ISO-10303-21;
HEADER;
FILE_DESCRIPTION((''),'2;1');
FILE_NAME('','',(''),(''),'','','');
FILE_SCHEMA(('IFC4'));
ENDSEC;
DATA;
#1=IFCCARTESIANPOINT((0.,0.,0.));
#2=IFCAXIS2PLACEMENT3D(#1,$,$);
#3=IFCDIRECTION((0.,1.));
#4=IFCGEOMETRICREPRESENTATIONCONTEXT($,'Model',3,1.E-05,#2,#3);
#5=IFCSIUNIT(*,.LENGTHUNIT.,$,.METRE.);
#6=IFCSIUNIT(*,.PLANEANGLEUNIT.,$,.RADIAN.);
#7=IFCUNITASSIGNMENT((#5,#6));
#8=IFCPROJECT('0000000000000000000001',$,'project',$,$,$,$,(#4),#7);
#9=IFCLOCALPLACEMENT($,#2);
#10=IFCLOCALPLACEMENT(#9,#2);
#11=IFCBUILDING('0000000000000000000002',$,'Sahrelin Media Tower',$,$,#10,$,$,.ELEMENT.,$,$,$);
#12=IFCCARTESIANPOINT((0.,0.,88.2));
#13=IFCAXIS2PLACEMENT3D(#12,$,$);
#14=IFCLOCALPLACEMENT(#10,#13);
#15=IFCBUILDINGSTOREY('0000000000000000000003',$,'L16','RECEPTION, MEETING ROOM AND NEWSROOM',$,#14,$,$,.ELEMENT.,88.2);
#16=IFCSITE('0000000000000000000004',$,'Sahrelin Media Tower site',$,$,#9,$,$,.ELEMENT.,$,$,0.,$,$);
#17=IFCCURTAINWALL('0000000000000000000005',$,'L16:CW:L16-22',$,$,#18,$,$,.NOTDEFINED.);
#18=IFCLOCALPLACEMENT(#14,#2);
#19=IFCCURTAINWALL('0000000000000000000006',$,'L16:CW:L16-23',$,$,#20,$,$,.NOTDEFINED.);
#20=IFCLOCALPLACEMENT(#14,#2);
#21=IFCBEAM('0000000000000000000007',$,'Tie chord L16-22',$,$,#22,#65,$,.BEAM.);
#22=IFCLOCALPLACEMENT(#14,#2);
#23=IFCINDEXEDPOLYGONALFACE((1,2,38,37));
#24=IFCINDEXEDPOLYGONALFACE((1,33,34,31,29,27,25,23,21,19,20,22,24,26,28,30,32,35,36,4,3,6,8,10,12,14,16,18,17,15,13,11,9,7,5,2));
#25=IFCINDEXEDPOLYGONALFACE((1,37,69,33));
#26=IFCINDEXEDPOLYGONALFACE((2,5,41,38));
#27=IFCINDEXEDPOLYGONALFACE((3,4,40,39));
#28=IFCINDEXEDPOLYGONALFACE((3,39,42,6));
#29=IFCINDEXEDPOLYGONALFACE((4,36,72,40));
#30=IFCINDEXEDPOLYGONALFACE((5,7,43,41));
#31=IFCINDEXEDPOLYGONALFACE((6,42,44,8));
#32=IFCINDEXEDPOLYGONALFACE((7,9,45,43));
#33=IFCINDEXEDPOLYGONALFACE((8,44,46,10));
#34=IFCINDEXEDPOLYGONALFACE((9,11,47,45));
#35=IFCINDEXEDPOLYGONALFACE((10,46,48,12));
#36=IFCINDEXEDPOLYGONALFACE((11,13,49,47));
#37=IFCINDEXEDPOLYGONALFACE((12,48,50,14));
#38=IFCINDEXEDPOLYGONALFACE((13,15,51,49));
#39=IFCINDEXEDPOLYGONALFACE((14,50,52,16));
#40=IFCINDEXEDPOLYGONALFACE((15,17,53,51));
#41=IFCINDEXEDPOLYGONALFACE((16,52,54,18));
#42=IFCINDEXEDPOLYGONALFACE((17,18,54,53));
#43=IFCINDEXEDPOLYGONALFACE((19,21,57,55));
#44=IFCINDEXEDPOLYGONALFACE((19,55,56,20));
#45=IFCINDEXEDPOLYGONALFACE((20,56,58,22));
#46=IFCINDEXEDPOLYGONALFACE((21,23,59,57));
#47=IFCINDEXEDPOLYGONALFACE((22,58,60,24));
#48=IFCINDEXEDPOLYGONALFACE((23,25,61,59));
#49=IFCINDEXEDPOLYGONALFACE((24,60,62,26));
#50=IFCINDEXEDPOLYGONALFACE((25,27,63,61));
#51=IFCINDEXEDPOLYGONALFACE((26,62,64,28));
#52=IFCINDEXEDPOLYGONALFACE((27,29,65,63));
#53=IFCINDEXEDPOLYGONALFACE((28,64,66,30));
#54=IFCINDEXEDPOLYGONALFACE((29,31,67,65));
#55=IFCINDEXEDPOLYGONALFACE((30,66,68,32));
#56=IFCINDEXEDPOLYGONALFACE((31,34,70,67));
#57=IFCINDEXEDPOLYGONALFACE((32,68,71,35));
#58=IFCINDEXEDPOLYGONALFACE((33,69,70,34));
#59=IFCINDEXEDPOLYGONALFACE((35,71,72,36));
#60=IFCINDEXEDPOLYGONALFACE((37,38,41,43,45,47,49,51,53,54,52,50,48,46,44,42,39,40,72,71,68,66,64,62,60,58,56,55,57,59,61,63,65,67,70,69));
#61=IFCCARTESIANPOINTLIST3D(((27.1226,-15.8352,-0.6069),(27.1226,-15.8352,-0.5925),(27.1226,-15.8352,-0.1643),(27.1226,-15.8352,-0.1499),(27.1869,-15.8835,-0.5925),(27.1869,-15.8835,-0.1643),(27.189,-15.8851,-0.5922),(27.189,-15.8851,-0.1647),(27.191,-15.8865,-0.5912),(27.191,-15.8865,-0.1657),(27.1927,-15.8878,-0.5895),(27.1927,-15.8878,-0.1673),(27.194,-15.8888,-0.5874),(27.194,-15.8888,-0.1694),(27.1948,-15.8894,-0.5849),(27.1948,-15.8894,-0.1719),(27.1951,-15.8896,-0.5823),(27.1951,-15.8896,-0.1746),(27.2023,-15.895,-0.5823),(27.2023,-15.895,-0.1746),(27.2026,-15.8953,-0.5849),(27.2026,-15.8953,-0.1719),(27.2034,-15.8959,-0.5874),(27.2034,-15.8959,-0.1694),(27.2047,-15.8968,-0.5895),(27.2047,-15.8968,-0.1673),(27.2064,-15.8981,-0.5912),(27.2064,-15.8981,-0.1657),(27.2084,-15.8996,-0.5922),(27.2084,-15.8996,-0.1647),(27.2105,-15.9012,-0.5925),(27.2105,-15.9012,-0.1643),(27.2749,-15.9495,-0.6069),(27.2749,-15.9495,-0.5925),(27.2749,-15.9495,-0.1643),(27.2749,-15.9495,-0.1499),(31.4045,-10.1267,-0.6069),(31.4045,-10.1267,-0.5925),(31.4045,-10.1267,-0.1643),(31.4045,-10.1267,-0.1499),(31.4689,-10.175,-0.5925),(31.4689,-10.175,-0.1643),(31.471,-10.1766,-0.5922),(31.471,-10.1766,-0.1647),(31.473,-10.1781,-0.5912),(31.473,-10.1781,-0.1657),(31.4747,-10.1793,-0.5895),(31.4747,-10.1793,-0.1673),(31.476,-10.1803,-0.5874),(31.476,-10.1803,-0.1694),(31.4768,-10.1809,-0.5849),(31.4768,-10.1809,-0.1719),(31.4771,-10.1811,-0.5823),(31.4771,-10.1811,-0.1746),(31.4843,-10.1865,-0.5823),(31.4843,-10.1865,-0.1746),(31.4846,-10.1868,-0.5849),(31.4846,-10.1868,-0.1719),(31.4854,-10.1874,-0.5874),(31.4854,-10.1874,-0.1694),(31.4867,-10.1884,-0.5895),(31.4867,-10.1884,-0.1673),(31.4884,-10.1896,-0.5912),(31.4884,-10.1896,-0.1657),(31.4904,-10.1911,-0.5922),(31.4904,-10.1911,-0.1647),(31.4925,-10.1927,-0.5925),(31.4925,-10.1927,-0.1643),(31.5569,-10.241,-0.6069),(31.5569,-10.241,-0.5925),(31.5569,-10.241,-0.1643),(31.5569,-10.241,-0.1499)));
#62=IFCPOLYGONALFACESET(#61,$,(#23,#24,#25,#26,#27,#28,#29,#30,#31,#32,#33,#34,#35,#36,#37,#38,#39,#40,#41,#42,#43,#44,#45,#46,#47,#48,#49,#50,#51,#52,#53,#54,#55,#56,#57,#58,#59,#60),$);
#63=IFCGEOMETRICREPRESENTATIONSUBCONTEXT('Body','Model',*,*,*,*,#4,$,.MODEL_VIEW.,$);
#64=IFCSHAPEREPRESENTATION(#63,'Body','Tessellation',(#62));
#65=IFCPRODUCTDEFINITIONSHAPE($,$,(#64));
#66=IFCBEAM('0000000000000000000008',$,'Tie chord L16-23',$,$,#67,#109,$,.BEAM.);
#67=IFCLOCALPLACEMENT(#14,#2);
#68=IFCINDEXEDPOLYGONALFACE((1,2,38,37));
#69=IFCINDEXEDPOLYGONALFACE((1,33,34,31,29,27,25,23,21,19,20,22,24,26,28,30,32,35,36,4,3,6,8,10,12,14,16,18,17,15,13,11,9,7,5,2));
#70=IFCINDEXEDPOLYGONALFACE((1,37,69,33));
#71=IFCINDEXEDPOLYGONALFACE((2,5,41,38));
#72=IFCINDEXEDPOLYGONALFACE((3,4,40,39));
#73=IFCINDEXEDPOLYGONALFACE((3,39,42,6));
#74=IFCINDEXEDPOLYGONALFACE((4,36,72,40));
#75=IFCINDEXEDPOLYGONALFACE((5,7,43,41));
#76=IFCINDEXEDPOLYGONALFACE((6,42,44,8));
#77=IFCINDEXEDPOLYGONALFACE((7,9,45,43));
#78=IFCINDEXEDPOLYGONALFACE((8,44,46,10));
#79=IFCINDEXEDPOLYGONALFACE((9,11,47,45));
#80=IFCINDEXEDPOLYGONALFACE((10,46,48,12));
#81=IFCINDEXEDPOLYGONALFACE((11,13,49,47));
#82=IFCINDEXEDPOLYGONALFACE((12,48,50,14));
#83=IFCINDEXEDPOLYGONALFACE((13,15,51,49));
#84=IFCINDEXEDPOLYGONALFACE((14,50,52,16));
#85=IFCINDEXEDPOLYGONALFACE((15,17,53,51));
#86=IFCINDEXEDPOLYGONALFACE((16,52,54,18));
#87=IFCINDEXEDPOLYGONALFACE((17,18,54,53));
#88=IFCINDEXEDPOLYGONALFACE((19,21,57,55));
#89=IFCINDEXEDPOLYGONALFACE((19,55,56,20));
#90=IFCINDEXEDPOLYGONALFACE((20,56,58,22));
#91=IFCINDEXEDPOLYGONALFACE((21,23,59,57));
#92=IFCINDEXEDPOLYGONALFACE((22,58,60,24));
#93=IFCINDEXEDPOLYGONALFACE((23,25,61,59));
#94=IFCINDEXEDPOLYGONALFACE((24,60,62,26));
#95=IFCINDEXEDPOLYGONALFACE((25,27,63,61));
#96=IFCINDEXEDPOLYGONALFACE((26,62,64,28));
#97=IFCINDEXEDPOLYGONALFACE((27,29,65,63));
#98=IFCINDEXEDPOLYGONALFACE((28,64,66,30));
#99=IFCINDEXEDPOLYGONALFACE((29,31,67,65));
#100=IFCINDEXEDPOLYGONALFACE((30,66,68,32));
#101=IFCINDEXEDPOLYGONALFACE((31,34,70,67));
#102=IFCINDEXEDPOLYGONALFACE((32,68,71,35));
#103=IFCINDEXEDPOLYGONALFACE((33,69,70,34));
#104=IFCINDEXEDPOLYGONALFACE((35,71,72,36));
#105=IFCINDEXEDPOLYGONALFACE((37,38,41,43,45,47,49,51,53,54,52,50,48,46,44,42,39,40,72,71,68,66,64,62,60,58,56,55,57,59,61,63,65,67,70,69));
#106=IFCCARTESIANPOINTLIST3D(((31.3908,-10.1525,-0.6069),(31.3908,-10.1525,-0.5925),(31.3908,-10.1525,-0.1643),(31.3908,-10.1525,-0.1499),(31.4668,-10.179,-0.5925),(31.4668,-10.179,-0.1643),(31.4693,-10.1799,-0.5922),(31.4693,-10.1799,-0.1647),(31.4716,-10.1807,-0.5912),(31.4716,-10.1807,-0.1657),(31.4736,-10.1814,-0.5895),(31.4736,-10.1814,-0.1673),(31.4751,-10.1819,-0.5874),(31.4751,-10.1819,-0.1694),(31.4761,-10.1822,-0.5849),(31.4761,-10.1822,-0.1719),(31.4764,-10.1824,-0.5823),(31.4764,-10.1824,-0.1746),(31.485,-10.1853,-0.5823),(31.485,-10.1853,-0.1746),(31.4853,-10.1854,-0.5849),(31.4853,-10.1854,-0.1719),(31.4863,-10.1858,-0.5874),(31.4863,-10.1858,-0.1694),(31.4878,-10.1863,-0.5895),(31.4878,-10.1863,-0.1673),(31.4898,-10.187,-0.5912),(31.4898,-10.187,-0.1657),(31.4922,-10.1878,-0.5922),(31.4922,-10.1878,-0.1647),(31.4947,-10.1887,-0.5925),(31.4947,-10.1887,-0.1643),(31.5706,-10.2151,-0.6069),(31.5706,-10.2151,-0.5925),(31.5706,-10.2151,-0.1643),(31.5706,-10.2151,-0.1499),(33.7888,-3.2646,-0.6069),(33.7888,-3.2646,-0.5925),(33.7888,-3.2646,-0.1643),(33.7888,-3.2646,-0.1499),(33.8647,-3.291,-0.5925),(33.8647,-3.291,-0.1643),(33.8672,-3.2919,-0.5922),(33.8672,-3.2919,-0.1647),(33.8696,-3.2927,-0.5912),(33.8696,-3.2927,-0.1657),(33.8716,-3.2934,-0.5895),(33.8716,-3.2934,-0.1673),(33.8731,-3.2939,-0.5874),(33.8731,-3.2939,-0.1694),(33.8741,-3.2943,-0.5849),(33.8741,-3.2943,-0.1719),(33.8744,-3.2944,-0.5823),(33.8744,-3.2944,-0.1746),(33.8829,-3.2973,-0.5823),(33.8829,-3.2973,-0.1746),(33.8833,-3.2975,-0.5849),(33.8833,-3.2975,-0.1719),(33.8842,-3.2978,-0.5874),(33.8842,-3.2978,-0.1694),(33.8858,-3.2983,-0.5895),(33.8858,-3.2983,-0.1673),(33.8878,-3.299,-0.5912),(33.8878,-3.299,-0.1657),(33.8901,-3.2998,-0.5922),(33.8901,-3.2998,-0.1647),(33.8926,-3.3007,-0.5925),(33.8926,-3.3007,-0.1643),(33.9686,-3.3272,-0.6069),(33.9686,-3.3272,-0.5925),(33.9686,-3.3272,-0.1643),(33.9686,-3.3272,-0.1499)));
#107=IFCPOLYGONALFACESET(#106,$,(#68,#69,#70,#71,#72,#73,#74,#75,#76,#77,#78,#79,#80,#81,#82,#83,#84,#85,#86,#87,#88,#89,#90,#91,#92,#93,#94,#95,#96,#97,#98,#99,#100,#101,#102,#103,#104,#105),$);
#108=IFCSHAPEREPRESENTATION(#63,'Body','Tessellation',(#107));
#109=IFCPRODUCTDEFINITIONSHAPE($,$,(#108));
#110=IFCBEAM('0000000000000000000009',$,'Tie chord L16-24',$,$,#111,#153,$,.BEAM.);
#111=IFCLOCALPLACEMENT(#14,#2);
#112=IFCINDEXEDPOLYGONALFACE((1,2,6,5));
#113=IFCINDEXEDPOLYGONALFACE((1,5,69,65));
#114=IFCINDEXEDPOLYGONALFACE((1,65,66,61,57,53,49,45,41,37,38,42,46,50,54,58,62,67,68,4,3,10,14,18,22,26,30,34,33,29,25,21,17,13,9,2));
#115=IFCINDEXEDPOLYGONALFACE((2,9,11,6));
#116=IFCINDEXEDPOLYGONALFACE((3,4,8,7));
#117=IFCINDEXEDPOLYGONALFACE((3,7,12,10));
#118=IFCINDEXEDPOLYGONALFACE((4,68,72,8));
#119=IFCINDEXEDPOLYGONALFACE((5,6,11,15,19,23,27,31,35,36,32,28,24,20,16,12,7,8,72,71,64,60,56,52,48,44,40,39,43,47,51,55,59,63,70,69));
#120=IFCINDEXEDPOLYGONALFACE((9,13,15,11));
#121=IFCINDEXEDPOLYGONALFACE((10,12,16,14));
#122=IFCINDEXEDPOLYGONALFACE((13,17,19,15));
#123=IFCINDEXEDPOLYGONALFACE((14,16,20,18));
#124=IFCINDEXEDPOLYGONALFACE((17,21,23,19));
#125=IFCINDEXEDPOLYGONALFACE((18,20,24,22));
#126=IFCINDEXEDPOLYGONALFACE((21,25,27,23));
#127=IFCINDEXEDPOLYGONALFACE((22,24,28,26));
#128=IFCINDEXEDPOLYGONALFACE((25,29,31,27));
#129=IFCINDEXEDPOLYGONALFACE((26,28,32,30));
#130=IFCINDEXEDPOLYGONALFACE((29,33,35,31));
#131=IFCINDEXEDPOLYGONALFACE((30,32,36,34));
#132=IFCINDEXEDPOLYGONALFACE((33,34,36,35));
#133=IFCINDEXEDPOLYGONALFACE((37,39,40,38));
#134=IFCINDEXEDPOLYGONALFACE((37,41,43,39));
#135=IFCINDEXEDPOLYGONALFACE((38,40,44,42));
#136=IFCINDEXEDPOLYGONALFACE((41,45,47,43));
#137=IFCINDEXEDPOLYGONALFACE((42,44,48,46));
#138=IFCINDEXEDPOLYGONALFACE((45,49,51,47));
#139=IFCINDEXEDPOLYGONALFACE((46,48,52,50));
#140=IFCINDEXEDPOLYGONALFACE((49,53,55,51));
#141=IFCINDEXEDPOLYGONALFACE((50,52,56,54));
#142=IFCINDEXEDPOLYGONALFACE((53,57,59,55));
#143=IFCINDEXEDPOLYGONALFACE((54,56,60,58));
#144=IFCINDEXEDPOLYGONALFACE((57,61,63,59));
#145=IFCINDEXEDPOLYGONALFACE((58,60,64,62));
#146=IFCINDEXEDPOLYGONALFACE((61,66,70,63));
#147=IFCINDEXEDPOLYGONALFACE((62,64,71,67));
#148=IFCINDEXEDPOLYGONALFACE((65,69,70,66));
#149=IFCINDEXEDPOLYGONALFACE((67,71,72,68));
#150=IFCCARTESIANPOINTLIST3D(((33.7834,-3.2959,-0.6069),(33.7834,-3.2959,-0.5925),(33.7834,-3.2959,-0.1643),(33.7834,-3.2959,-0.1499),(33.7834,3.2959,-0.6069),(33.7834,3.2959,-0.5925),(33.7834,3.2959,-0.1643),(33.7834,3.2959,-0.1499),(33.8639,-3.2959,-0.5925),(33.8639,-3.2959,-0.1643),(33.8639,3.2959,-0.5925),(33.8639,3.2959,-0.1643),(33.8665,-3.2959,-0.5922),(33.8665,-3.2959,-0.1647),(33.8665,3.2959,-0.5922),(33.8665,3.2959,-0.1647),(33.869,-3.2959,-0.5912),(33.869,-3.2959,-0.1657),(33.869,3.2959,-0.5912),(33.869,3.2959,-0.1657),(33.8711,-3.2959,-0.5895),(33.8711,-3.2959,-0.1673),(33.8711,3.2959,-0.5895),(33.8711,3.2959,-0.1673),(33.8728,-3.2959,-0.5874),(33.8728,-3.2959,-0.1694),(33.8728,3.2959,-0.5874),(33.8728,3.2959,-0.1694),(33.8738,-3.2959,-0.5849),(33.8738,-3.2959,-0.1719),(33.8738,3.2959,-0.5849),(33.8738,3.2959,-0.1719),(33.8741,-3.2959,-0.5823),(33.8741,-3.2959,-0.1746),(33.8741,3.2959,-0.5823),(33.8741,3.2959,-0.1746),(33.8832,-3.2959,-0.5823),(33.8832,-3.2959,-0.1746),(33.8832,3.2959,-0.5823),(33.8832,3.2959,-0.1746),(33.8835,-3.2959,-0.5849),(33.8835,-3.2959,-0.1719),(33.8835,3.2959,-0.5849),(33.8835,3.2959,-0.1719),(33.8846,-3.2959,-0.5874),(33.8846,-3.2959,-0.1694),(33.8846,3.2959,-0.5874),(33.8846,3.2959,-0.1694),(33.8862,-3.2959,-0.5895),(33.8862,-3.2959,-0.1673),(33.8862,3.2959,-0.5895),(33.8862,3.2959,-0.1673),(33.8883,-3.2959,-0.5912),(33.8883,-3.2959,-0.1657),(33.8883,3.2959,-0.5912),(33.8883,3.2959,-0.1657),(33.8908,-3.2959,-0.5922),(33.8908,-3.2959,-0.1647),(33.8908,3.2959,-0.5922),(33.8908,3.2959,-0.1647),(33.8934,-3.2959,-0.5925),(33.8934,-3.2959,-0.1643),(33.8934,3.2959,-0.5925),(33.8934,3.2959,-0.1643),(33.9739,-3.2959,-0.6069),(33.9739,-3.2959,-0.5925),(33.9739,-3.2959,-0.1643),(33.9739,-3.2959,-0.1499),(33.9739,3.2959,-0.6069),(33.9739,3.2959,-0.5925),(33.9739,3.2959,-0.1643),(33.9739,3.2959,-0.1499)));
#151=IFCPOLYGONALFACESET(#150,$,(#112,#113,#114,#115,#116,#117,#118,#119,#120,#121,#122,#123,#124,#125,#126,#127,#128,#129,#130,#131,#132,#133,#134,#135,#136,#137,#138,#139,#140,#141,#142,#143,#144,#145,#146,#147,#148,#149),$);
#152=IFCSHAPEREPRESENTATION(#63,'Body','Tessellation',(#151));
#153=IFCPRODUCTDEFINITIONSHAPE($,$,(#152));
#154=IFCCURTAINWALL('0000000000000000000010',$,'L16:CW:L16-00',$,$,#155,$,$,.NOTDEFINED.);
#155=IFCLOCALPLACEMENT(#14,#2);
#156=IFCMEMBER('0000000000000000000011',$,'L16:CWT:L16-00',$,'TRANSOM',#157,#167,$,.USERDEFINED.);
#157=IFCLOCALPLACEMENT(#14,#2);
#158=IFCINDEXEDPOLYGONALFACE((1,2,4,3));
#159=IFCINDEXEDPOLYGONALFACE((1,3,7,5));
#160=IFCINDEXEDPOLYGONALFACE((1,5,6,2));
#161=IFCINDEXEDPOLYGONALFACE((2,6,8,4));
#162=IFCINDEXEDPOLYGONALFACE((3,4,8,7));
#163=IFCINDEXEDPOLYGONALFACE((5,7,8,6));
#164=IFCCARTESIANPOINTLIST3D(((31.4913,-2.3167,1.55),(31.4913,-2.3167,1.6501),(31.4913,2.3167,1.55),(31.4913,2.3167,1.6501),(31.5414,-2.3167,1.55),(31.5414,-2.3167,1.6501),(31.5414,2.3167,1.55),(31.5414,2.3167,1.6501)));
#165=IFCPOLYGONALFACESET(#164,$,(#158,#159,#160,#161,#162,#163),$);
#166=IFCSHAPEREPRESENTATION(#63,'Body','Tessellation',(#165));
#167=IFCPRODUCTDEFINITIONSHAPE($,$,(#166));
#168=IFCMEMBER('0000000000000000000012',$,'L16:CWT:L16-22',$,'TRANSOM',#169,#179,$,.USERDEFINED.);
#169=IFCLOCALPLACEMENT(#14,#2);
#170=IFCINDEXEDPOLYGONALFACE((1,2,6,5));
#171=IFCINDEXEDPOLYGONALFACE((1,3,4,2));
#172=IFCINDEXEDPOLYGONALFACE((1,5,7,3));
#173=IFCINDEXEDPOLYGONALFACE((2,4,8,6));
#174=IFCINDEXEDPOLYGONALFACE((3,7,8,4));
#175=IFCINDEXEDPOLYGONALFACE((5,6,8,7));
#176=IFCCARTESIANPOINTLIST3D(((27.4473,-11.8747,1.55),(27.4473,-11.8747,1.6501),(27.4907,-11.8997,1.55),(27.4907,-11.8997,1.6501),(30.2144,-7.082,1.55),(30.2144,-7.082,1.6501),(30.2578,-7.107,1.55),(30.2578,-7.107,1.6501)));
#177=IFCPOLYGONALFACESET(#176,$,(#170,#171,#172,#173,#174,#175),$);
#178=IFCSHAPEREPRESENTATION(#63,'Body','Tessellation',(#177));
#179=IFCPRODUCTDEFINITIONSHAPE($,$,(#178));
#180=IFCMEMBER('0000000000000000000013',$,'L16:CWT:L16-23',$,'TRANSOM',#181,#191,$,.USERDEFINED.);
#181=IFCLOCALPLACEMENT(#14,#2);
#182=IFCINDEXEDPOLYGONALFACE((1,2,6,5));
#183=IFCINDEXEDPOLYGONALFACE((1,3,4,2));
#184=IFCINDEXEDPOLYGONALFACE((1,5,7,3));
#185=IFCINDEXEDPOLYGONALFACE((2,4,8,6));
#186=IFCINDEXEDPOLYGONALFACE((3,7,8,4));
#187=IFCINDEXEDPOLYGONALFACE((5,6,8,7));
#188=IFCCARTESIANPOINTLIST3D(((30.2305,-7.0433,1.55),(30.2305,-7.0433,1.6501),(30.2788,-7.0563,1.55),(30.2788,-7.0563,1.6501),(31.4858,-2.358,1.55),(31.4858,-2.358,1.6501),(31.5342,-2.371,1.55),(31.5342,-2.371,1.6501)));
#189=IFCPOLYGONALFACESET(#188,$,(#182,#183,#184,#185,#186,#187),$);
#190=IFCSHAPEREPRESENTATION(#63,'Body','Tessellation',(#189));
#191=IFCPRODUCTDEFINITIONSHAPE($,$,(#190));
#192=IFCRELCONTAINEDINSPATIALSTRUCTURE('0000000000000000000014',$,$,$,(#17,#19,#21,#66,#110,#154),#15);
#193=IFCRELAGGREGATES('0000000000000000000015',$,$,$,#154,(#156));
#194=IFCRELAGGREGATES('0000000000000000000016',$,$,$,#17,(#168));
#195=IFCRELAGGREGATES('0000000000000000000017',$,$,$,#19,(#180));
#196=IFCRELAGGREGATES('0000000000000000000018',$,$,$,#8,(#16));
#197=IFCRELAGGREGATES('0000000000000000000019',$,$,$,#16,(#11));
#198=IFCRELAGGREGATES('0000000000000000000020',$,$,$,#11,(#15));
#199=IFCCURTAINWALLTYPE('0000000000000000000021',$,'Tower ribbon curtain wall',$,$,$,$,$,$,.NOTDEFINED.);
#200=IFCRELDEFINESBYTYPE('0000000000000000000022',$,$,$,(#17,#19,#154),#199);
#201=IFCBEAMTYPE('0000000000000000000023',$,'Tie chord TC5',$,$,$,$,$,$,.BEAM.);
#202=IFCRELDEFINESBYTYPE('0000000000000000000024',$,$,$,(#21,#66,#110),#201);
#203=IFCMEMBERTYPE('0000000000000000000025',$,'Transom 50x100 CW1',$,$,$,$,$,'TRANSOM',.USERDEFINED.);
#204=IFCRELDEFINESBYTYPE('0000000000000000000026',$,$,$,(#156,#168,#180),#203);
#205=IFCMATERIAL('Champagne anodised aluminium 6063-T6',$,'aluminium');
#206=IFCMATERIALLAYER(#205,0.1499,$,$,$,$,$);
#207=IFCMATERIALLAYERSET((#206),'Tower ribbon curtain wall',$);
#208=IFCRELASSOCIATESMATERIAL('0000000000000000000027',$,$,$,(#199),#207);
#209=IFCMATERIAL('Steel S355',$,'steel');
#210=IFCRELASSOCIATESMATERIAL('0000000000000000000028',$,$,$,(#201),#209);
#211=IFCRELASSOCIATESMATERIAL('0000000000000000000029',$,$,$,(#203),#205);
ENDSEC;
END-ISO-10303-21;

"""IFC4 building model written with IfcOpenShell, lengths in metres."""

from ifc_helpers import new_model, si_unit, direction, frame, origin, origin_2d, place, context, subcontext, project, spatial, rectangle, i_section, extrude, material, layer, layer_set, material_profile, profile_set, type_object, element, aggregate, save


model = new_model("IFC4")

# Units and contexts
model_context = context("Model", 3, precision=1e-05, world=origin(), true_north=direction((0.0, 1.0)))
body_context = subcontext(model_context, "Body", "Model", "MODEL_VIEW")
ifc_project = project(units=[si_unit("LENGTHUNIT", "METRE"), si_unit("PLANEANGLEUNIT", "RADIAN")], contexts=[model_context])

# Site, building, storey
site_placement = place(None, origin())
site = spatial("IfcSite", under=ifc_project, at=site_placement, Name="Sahrelin Media Tower site", CompositionType="ELEMENT", RefElevation=0.0)
building_placement = place(site_placement, origin())
building = spatial("IfcBuilding", under=site, at=building_placement, Name="Sahrelin Media Tower", CompositionType="ELEMENT")
storey_placement = place(building_placement, frame((0.0, 0.0, 88.2)))
storey = spatial("IfcBuildingStorey", under=building, at=storey_placement, Name="L16", Description="RECEPTION, MEETING ROOM AND NEWSROOM", CompositionType="ELEMENT", Elevation=88.2)

# Shared definitions
ifc_material_1 = material(Name="Steel S355", Category="steel")

# Curtain walls
ifc_material_2 = material(Name="Champagne anodised aluminium 6063-T6", Category="aluminium")
ifc_layer_1 = layer(ifc_material_2, 0.1499)
ifc_layer_set_1 = layer_set([ifc_layer_1], Name="Tower ribbon curtain wall")
curtain_wall_type = type_object("IfcCurtainWallType", Name="Tower ribbon curtain wall", PredefinedType="NOTDEFINED", material=ifc_layer_set_1)
curtain_wall_1_placement = place(storey_placement, frame((29.0215, -9.5884, 0.0), z_axis=(0.0, 0.0, 1.0), x_axis=(1.0, 0.0, 0.0)))
curtain_wall_1 = element("IfcCurtainWall", 1, at=curtain_wall_1_placement, inside=storey, type_object=curtain_wall_type, Name="L16:CW:L16-22", PredefinedType="NOTDEFINED")
curtain_wall_2_placement = place(storey_placement, frame((31.0708, -4.7576, 0.0), z_axis=(0.0, 0.0, 1.0), x_axis=(1.0, 0.0, 0.0)))
curtain_wall_2 = element("IfcCurtainWall", 2, at=curtain_wall_2_placement, inside=storey, type_object=curtain_wall_type, Name="L16:CW:L16-23", PredefinedType="NOTDEFINED")

# Beams
ifc_material_profile_1 = material_profile(ifc_material_1, i_section(OverallWidth=0.1904, OverallDepth=0.457, WebThickness=0.009, FlangeThickness=0.0144, FilletRadius=0.0103, at=origin_2d()), Name="UB 457x191x74")
ifc_profile_set_1 = profile_set([ifc_material_profile_1], Name="Steel S355")
beam_type_1 = type_object("IfcBeamType", Name="Tie chord TC5", PredefinedType="BEAM", material=ifc_profile_set_1)
beam_1_placement = place(storey_placement, frame((27.1987, -15.8923, -0.3784), z_axis=(0.600055, 0.799959, 0.0), x_axis=(-0.799959, 0.600055, 0.0)))
element("IfcBeam", 3, at=beam_1_placement, inside=storey, type_object=beam_type_1, Name="Tie chord L16-22", PredefinedType="BEAM", context=body_context, shape_type="SweptSolid", body=[
    extrude(i_section(OverallWidth=0.1904, OverallDepth=0.457, WebThickness=0.009, FlangeThickness=0.0144, FilletRadius=0.0103, at=origin_2d()), origin(), (0.0, 0.0, 1.0), 7.136),
])
beam_2_placement = place(storey_placement, frame((31.4807, -10.1838, -0.3784), z_axis=(0.328783, 0.944406, 0.0), x_axis=(-0.944406, 0.328783, 0.0)))
element("IfcBeam", 4, at=beam_2_placement, inside=storey, type_object=beam_type_1, Name="Tie chord L16-23", PredefinedType="BEAM", context=body_context, shape_type="SweptSolid", body=[
    extrude(i_section(OverallWidth=0.1904, OverallDepth=0.457, WebThickness=0.009, FlangeThickness=0.0144, FilletRadius=0.0103, at=origin_2d()), origin(), (0.0, 0.0, 1.0), 7.2935),
])
beam_3_placement = place(storey_placement, frame((33.8787, -3.2959, -0.3784), z_axis=(0.0, 1.0, 0.0), x_axis=(-1.0, 0.0, 0.0)))
element("IfcBeam", 5, at=beam_3_placement, inside=storey, type_object=beam_type_1, Name="Tie chord L16-24", PredefinedType="BEAM", context=body_context, shape_type="SweptSolid", body=[
    extrude(i_section(OverallWidth=0.1904, OverallDepth=0.457, WebThickness=0.009, FlangeThickness=0.0144, FilletRadius=0.0103, at=origin_2d()), origin(), (0.0, 0.0, 1.0), 6.5918),
])

# Curtain wall, member
curtain_wall_3_placement = place(storey_placement, frame((31.7112, 0.0, 0.0), z_axis=(0.0, 0.0, 1.0), x_axis=(1.0, 0.0, 0.0)))
curtain_wall_3 = element("IfcCurtainWall", 6, at=curtain_wall_3_placement, inside=storey, type_object=curtain_wall_type, Name="L16:CW:L16-00", PredefinedType="NOTDEFINED")
ifc_material_profile_2 = material_profile(ifc_material_2, rectangle(XDim=0.05, YDim=0.1001, at=origin_2d()), Name="Transom 50x100")
ifc_profile_set_2 = profile_set([ifc_material_profile_2], Name="Champagne anodised aluminium 6063-T6")
member_type_1 = type_object("IfcMemberType", Name="Transom 50x100 CW1", ElementType="TRANSOM", PredefinedType="USERDEFINED", material=ifc_profile_set_2)
member_1_placement = place(storey_placement, frame((31.5164, -2.3167, 1.6001), z_axis=(0.0, 1.0, 0.0), x_axis=(-1.0, 0.0, 0.0)))
member_1 = element("IfcMember", 7, at=member_1_placement, type_object=member_type_1, Name="L16:CWT:L16-00", ObjectType="TRANSOM", PredefinedType="USERDEFINED", context=body_context, shape_type="SweptSolid", body=[
    extrude(rectangle(XDim=0.05, YDim=0.1001, at=origin_2d()), origin(), (0.0, 0.0, 1.0), 4.6333),
])

# Members
member_2_placement = place(storey_placement, frame((27.469, -11.8872, 1.6001), z_axis=(0.500001, 0.866025, 0.0), x_axis=(-0.866025, 0.500001, 0.0)))
member_2 = element("IfcMember", 8, at=member_2_placement, type_object=member_type_1, Name="L16:CWT:L16-22", ObjectType="TRANSOM", PredefinedType="USERDEFINED", context=body_context, shape_type="SweptSolid", body=[
    extrude(rectangle(XDim=0.05, YDim=0.1001, at=origin_2d()), origin(), (0.0, 0.0, 1.0), 5.5342),
])
member_3_placement = place(storey_placement, frame((30.2546, -7.0498, 1.6001), z_axis=(0.258809, 0.965929, 0.0), x_axis=(-0.965929, 0.258809, 0.0)))
member_3 = element("IfcMember", 9, at=member_3_placement, type_object=member_type_1, Name="L16:CWT:L16-23", ObjectType="TRANSOM", PredefinedType="USERDEFINED", context=body_context, shape_type="SweptSolid", body=[
    extrude(rectangle(XDim=0.05, YDim=0.1001, at=origin_2d()), origin(), (0.0, 0.0, 1.0), 4.8506),
])

aggregate(curtain_wall_3, [member_1])
aggregate(curtain_wall_1, [member_2])
aggregate(curtain_wall_2, [member_3])

save(model, "model.ifc")
